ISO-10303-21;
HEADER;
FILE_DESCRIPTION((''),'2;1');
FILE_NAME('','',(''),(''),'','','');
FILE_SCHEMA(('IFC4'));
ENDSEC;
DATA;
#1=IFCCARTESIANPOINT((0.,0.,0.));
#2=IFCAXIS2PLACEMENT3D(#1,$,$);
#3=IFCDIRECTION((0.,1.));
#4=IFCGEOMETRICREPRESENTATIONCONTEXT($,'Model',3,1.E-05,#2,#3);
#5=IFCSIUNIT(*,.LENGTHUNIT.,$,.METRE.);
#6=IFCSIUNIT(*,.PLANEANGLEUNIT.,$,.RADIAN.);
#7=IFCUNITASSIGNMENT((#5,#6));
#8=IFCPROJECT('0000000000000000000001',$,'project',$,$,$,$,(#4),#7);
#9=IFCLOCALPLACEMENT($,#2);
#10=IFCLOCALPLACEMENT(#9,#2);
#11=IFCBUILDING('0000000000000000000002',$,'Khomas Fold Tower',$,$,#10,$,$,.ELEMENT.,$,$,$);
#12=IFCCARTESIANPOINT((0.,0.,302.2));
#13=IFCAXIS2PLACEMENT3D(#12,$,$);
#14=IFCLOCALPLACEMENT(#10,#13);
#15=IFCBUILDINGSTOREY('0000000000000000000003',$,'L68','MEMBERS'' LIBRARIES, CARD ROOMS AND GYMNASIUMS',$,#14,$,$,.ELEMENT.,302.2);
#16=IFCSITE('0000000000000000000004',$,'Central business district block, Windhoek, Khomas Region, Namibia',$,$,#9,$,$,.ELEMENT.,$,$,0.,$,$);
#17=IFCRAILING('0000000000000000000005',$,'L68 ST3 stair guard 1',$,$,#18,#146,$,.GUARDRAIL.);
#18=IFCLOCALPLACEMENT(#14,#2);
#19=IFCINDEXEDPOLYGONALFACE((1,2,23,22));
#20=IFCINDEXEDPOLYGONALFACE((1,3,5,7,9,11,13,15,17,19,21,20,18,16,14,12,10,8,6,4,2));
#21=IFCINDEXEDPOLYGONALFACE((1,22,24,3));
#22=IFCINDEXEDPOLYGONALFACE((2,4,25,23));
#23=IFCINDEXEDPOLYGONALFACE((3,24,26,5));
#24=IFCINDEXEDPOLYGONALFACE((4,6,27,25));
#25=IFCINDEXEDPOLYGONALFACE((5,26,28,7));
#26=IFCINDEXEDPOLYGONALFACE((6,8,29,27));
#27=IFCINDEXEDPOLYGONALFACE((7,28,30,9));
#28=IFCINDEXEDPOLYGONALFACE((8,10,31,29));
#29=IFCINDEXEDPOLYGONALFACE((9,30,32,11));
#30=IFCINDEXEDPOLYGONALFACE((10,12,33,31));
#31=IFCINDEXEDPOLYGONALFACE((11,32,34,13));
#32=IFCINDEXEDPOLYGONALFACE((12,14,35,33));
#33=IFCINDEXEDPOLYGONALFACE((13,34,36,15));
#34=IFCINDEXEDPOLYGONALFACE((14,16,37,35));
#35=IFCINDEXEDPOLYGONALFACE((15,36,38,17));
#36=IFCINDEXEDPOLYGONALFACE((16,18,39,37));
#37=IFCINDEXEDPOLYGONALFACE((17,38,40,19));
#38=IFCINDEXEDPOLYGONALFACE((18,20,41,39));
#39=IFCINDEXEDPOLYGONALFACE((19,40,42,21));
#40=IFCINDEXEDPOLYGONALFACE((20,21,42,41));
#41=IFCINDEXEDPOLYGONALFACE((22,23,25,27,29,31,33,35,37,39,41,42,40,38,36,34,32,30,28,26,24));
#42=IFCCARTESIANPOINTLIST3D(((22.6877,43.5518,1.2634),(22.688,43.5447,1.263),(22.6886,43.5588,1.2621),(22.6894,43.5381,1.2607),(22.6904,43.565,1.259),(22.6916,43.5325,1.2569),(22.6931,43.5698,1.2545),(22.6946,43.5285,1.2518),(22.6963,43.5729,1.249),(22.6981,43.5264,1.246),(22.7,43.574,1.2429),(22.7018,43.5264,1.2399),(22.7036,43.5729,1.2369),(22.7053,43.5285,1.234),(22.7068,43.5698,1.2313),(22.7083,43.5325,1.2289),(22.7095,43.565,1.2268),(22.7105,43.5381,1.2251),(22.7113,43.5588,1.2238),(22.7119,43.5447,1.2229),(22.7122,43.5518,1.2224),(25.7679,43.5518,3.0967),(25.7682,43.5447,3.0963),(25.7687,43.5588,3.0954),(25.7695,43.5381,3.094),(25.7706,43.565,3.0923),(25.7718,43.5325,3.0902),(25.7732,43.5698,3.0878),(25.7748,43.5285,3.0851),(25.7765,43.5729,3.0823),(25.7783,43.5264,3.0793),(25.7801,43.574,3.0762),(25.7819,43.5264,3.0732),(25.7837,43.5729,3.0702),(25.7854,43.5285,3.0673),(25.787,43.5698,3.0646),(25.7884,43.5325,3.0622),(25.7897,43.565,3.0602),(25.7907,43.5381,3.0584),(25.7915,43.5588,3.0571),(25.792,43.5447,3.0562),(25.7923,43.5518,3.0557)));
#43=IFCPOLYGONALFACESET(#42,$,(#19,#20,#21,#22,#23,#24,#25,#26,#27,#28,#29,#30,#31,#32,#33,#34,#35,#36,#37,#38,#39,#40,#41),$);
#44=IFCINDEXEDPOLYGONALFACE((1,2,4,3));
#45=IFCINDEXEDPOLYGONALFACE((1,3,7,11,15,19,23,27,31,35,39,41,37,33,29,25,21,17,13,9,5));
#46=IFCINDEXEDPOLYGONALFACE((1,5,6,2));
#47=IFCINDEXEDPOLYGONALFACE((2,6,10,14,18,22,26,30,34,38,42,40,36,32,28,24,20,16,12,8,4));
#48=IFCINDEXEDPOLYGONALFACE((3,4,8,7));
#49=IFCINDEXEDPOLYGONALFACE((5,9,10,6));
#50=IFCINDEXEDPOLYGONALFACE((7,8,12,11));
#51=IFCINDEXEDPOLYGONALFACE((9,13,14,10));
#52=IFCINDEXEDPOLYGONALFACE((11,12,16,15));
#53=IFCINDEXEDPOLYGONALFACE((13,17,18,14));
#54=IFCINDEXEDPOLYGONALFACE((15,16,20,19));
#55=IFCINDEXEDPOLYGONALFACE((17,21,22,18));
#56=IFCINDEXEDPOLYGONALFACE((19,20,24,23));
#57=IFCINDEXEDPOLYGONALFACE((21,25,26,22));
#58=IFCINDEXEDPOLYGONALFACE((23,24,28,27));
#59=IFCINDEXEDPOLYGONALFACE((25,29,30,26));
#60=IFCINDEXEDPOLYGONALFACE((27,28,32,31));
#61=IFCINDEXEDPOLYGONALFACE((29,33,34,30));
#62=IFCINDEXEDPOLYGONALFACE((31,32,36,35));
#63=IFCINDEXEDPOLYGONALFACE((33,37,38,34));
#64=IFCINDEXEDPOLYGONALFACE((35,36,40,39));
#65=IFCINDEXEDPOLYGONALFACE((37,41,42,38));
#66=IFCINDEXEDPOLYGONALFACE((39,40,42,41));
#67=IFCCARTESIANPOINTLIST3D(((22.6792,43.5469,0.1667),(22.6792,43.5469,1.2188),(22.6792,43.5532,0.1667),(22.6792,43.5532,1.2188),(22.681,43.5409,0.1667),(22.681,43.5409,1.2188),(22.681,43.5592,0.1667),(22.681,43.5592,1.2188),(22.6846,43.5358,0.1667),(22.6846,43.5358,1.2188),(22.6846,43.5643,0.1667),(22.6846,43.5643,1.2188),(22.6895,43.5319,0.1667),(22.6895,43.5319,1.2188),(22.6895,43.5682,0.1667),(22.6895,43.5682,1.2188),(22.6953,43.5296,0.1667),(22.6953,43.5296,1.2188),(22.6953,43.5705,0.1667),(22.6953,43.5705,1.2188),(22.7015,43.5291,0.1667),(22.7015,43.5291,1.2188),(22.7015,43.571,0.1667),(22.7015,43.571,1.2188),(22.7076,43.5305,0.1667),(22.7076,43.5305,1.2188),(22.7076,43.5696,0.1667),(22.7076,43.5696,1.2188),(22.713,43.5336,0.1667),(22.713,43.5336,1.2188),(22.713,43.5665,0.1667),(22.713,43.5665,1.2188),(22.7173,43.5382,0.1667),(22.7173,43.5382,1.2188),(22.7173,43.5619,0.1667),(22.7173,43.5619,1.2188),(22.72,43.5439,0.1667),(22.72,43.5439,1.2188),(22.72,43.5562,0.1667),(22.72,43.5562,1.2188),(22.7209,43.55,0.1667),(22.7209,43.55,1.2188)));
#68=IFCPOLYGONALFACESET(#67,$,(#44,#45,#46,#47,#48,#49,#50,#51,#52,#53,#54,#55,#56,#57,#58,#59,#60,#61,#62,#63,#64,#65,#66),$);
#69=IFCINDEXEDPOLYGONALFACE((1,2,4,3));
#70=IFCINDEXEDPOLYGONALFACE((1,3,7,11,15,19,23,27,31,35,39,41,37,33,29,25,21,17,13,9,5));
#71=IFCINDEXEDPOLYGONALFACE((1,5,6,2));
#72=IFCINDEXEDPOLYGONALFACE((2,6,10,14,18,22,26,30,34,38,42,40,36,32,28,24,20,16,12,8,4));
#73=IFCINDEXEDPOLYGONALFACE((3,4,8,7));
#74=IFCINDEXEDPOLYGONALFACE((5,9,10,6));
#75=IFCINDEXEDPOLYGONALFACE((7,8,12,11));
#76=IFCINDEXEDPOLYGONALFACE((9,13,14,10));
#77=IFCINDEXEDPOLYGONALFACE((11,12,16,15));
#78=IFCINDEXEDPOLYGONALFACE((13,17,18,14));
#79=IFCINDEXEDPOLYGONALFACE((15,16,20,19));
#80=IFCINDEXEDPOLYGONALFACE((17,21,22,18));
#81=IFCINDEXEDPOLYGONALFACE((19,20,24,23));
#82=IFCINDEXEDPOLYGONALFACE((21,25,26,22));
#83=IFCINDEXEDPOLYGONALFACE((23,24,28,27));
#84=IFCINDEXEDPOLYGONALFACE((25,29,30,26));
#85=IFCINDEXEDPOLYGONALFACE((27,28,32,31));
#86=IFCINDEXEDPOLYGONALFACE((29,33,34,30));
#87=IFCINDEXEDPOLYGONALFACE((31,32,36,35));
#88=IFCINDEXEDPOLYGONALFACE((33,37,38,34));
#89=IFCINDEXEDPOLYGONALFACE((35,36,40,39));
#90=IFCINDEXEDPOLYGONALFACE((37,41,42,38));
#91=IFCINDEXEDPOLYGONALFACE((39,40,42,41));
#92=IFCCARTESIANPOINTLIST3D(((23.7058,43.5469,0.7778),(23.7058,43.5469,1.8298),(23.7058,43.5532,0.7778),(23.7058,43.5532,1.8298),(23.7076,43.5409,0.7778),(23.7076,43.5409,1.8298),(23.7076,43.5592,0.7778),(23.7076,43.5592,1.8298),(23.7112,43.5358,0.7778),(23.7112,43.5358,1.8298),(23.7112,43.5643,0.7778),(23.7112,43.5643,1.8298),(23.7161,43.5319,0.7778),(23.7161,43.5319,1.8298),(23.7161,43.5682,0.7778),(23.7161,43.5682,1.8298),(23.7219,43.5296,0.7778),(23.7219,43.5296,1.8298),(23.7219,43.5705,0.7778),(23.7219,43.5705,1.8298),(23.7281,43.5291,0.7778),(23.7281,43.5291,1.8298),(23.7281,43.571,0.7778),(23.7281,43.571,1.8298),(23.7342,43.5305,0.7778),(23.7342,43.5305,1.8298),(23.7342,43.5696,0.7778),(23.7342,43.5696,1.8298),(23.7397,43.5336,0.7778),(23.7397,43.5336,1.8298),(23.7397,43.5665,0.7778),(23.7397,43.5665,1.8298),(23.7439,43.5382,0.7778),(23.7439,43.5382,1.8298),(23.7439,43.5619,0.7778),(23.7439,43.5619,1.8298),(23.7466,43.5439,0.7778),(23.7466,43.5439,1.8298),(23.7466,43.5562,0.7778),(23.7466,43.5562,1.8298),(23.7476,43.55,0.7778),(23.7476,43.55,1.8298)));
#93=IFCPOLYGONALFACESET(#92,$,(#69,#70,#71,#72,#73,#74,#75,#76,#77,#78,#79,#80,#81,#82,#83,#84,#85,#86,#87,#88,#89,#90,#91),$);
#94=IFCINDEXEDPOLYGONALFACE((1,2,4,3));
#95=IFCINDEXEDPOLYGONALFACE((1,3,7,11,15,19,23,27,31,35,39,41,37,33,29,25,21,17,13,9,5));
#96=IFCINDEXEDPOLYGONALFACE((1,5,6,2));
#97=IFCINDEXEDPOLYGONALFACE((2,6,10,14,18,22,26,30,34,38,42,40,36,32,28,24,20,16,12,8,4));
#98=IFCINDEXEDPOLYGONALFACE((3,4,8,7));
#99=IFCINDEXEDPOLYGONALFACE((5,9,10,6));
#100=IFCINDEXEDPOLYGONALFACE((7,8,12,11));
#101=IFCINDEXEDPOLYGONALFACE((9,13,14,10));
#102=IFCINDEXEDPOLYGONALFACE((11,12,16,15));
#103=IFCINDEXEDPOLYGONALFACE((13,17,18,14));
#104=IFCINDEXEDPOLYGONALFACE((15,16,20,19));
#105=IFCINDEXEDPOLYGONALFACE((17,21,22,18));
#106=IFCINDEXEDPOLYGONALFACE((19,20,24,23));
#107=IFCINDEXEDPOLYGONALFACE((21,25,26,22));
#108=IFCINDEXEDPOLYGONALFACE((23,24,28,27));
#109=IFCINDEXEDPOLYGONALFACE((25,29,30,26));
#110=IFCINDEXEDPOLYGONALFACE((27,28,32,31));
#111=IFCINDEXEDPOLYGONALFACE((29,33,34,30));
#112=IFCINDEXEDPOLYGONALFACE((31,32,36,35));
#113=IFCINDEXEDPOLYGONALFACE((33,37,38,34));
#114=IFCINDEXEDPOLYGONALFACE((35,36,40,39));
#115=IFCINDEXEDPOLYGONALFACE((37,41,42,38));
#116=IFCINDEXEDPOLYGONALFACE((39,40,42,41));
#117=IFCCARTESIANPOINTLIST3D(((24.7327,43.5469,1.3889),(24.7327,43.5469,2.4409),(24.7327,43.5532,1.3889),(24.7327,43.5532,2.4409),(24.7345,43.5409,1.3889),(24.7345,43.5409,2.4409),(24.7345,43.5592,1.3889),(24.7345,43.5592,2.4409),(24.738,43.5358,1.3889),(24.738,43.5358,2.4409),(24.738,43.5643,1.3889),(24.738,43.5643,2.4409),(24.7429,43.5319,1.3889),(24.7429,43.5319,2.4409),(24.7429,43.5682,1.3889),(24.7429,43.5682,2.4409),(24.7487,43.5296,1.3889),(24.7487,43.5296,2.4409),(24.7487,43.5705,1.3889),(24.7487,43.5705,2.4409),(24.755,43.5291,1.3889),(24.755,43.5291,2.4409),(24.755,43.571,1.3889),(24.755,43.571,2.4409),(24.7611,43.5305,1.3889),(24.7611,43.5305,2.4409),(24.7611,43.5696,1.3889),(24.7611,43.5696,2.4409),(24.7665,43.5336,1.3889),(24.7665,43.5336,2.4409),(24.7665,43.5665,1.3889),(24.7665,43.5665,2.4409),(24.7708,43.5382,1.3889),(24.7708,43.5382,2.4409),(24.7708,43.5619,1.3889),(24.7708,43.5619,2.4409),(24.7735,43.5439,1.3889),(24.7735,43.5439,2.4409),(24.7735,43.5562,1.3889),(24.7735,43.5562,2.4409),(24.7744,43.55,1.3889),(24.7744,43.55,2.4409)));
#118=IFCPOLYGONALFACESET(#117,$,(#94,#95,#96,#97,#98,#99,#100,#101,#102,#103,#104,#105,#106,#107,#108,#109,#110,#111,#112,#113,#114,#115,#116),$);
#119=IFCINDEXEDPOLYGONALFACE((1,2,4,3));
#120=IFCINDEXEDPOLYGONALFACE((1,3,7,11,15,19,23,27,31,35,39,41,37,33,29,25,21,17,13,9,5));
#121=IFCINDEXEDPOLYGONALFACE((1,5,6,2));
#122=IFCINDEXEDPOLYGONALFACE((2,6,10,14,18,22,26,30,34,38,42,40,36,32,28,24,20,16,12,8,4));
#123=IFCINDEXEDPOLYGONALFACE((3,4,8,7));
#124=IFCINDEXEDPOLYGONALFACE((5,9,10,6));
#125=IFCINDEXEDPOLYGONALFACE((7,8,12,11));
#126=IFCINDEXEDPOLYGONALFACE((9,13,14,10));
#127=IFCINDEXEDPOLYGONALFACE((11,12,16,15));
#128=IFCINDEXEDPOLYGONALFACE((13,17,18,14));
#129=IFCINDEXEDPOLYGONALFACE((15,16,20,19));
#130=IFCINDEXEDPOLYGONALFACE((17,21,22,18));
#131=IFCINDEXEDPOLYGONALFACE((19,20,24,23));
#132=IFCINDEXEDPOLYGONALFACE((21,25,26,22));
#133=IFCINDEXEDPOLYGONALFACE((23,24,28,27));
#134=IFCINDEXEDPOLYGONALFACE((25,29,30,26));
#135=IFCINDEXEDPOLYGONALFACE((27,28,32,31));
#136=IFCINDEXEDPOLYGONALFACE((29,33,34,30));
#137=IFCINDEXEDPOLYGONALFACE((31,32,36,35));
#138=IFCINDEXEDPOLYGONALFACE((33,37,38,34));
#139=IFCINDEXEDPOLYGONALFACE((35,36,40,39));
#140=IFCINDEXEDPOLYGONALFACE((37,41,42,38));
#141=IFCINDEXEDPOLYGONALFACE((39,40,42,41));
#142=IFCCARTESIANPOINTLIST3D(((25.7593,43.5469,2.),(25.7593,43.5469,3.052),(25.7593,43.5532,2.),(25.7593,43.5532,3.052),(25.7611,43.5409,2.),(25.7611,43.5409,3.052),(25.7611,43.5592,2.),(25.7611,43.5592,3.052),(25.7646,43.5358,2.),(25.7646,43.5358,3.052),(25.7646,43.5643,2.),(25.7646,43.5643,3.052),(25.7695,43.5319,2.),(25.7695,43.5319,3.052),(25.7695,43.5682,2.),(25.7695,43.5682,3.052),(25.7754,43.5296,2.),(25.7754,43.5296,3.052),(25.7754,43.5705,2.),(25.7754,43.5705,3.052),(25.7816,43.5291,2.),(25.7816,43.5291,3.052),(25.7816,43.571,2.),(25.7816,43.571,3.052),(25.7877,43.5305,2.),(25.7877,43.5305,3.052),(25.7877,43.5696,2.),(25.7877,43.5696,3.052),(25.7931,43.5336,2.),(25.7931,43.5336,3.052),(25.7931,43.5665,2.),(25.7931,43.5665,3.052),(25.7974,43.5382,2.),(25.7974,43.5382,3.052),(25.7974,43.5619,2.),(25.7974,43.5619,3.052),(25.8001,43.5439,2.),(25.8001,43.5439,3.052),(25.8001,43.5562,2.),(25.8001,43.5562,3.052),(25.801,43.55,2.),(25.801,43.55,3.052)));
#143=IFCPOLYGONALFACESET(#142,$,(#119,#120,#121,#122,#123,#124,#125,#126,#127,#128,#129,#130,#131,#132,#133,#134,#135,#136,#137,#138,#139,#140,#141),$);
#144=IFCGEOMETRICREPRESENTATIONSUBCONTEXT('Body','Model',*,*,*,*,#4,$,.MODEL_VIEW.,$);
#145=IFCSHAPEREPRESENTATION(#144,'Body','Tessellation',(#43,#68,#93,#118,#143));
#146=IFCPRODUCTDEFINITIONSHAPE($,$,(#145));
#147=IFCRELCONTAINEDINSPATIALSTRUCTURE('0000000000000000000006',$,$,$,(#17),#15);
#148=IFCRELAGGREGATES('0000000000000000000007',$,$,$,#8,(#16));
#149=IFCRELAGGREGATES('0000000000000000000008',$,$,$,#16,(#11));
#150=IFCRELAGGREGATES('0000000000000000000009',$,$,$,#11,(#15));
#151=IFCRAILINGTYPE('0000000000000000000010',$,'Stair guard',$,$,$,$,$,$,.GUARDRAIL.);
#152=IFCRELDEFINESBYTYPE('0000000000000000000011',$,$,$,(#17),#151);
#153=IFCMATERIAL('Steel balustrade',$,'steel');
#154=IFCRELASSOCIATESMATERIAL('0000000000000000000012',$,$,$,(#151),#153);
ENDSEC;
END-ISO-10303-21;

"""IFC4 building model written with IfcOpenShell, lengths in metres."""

from ifc_helpers import new_model, si_unit, direction, frame, origin, origin_2d, place, context, subcontext, project, spatial, circle, extrude, source, transform, mapped, material, type_object, element, save


model = new_model("IFC4")

# Units and contexts
model_context = context("Model", 3, precision=1e-05, world=origin(), true_north=direction((0.0, 1.0)))
body_context = subcontext(model_context, "Body", "Model", "MODEL_VIEW")
ifc_project = project(units=[si_unit("LENGTHUNIT", "METRE"), si_unit("PLANEANGLEUNIT", "RADIAN")], contexts=[model_context])

# Site, building, storey
site_placement = place(None, origin())
site = spatial("IfcSite", under=ifc_project, at=site_placement, Name="Central business district block, Windhoek, Khomas Region, Namibia", CompositionType="ELEMENT", RefElevation=0.0)
building_placement = place(site_placement, origin())
building = spatial("IfcBuilding", under=site, at=building_placement, Name="Khomas Fold Tower", CompositionType="ELEMENT")
storey_placement = place(building_placement, frame((0.0, 0.0, 302.2)))
storey = spatial("IfcBuildingStorey", under=building, at=storey_placement, Name="L68", Description="MEMBERS' LIBRARIES, CARD ROOMS AND GYMNASIUMS", CompositionType="ELEMENT", Elevation=302.2)

# Railing
ifc_material_1 = material(Name="Steel balustrade", Category="steel")
railing_type_1 = type_object("IfcRailingType", Name="Stair guard", PredefinedType="GUARDRAIL", material=ifc_material_1)
shared_shape_1 = source(origin(), body_context, "Body", "SweptSolid", [
    extrude(circle(Radius=0.0239, at=origin_2d()), frame((0.0, 0.0, 1.0762), z_axis=(0.859309, 0.0, 0.511458), x_axis=(0.0, 1.0, 0.0)), (0.0, 0.0, 1.0), 3.5845),
    extrude(circle(Radius=0.021, at=origin_2d()), origin(), (0.0, 0.0, 1.0), 1.052),
    extrude(circle(Radius=0.021, at=origin_2d()), frame((1.0266, 0.0, 0.6111)), (0.0, 0.0, 1.0), 1.052),
    extrude(circle(Radius=0.021, at=origin_2d()), frame((2.0535, 0.0, 1.2222)), (0.0, 0.0, 1.0), 1.052),
    extrude(circle(Radius=0.021, at=origin_2d()), frame((3.0801, 0.0, 1.8333)), (0.0, 0.0, 1.0), 1.052),
])
railing_1_placement = place(storey_placement, frame((22.7, 43.55, 0.1667)))
element("IfcRailing", 1, at=railing_1_placement, inside=storey, type_object=railing_type_1, Name="L68 ST3 stair guard 1", PredefinedType="GUARDRAIL", context=body_context, shape_type="MappedRepresentation", body=[
    mapped(shared_shape_1, transform((0.0, 0.0, 0.0))),
])

save(model, "model.ifc")
